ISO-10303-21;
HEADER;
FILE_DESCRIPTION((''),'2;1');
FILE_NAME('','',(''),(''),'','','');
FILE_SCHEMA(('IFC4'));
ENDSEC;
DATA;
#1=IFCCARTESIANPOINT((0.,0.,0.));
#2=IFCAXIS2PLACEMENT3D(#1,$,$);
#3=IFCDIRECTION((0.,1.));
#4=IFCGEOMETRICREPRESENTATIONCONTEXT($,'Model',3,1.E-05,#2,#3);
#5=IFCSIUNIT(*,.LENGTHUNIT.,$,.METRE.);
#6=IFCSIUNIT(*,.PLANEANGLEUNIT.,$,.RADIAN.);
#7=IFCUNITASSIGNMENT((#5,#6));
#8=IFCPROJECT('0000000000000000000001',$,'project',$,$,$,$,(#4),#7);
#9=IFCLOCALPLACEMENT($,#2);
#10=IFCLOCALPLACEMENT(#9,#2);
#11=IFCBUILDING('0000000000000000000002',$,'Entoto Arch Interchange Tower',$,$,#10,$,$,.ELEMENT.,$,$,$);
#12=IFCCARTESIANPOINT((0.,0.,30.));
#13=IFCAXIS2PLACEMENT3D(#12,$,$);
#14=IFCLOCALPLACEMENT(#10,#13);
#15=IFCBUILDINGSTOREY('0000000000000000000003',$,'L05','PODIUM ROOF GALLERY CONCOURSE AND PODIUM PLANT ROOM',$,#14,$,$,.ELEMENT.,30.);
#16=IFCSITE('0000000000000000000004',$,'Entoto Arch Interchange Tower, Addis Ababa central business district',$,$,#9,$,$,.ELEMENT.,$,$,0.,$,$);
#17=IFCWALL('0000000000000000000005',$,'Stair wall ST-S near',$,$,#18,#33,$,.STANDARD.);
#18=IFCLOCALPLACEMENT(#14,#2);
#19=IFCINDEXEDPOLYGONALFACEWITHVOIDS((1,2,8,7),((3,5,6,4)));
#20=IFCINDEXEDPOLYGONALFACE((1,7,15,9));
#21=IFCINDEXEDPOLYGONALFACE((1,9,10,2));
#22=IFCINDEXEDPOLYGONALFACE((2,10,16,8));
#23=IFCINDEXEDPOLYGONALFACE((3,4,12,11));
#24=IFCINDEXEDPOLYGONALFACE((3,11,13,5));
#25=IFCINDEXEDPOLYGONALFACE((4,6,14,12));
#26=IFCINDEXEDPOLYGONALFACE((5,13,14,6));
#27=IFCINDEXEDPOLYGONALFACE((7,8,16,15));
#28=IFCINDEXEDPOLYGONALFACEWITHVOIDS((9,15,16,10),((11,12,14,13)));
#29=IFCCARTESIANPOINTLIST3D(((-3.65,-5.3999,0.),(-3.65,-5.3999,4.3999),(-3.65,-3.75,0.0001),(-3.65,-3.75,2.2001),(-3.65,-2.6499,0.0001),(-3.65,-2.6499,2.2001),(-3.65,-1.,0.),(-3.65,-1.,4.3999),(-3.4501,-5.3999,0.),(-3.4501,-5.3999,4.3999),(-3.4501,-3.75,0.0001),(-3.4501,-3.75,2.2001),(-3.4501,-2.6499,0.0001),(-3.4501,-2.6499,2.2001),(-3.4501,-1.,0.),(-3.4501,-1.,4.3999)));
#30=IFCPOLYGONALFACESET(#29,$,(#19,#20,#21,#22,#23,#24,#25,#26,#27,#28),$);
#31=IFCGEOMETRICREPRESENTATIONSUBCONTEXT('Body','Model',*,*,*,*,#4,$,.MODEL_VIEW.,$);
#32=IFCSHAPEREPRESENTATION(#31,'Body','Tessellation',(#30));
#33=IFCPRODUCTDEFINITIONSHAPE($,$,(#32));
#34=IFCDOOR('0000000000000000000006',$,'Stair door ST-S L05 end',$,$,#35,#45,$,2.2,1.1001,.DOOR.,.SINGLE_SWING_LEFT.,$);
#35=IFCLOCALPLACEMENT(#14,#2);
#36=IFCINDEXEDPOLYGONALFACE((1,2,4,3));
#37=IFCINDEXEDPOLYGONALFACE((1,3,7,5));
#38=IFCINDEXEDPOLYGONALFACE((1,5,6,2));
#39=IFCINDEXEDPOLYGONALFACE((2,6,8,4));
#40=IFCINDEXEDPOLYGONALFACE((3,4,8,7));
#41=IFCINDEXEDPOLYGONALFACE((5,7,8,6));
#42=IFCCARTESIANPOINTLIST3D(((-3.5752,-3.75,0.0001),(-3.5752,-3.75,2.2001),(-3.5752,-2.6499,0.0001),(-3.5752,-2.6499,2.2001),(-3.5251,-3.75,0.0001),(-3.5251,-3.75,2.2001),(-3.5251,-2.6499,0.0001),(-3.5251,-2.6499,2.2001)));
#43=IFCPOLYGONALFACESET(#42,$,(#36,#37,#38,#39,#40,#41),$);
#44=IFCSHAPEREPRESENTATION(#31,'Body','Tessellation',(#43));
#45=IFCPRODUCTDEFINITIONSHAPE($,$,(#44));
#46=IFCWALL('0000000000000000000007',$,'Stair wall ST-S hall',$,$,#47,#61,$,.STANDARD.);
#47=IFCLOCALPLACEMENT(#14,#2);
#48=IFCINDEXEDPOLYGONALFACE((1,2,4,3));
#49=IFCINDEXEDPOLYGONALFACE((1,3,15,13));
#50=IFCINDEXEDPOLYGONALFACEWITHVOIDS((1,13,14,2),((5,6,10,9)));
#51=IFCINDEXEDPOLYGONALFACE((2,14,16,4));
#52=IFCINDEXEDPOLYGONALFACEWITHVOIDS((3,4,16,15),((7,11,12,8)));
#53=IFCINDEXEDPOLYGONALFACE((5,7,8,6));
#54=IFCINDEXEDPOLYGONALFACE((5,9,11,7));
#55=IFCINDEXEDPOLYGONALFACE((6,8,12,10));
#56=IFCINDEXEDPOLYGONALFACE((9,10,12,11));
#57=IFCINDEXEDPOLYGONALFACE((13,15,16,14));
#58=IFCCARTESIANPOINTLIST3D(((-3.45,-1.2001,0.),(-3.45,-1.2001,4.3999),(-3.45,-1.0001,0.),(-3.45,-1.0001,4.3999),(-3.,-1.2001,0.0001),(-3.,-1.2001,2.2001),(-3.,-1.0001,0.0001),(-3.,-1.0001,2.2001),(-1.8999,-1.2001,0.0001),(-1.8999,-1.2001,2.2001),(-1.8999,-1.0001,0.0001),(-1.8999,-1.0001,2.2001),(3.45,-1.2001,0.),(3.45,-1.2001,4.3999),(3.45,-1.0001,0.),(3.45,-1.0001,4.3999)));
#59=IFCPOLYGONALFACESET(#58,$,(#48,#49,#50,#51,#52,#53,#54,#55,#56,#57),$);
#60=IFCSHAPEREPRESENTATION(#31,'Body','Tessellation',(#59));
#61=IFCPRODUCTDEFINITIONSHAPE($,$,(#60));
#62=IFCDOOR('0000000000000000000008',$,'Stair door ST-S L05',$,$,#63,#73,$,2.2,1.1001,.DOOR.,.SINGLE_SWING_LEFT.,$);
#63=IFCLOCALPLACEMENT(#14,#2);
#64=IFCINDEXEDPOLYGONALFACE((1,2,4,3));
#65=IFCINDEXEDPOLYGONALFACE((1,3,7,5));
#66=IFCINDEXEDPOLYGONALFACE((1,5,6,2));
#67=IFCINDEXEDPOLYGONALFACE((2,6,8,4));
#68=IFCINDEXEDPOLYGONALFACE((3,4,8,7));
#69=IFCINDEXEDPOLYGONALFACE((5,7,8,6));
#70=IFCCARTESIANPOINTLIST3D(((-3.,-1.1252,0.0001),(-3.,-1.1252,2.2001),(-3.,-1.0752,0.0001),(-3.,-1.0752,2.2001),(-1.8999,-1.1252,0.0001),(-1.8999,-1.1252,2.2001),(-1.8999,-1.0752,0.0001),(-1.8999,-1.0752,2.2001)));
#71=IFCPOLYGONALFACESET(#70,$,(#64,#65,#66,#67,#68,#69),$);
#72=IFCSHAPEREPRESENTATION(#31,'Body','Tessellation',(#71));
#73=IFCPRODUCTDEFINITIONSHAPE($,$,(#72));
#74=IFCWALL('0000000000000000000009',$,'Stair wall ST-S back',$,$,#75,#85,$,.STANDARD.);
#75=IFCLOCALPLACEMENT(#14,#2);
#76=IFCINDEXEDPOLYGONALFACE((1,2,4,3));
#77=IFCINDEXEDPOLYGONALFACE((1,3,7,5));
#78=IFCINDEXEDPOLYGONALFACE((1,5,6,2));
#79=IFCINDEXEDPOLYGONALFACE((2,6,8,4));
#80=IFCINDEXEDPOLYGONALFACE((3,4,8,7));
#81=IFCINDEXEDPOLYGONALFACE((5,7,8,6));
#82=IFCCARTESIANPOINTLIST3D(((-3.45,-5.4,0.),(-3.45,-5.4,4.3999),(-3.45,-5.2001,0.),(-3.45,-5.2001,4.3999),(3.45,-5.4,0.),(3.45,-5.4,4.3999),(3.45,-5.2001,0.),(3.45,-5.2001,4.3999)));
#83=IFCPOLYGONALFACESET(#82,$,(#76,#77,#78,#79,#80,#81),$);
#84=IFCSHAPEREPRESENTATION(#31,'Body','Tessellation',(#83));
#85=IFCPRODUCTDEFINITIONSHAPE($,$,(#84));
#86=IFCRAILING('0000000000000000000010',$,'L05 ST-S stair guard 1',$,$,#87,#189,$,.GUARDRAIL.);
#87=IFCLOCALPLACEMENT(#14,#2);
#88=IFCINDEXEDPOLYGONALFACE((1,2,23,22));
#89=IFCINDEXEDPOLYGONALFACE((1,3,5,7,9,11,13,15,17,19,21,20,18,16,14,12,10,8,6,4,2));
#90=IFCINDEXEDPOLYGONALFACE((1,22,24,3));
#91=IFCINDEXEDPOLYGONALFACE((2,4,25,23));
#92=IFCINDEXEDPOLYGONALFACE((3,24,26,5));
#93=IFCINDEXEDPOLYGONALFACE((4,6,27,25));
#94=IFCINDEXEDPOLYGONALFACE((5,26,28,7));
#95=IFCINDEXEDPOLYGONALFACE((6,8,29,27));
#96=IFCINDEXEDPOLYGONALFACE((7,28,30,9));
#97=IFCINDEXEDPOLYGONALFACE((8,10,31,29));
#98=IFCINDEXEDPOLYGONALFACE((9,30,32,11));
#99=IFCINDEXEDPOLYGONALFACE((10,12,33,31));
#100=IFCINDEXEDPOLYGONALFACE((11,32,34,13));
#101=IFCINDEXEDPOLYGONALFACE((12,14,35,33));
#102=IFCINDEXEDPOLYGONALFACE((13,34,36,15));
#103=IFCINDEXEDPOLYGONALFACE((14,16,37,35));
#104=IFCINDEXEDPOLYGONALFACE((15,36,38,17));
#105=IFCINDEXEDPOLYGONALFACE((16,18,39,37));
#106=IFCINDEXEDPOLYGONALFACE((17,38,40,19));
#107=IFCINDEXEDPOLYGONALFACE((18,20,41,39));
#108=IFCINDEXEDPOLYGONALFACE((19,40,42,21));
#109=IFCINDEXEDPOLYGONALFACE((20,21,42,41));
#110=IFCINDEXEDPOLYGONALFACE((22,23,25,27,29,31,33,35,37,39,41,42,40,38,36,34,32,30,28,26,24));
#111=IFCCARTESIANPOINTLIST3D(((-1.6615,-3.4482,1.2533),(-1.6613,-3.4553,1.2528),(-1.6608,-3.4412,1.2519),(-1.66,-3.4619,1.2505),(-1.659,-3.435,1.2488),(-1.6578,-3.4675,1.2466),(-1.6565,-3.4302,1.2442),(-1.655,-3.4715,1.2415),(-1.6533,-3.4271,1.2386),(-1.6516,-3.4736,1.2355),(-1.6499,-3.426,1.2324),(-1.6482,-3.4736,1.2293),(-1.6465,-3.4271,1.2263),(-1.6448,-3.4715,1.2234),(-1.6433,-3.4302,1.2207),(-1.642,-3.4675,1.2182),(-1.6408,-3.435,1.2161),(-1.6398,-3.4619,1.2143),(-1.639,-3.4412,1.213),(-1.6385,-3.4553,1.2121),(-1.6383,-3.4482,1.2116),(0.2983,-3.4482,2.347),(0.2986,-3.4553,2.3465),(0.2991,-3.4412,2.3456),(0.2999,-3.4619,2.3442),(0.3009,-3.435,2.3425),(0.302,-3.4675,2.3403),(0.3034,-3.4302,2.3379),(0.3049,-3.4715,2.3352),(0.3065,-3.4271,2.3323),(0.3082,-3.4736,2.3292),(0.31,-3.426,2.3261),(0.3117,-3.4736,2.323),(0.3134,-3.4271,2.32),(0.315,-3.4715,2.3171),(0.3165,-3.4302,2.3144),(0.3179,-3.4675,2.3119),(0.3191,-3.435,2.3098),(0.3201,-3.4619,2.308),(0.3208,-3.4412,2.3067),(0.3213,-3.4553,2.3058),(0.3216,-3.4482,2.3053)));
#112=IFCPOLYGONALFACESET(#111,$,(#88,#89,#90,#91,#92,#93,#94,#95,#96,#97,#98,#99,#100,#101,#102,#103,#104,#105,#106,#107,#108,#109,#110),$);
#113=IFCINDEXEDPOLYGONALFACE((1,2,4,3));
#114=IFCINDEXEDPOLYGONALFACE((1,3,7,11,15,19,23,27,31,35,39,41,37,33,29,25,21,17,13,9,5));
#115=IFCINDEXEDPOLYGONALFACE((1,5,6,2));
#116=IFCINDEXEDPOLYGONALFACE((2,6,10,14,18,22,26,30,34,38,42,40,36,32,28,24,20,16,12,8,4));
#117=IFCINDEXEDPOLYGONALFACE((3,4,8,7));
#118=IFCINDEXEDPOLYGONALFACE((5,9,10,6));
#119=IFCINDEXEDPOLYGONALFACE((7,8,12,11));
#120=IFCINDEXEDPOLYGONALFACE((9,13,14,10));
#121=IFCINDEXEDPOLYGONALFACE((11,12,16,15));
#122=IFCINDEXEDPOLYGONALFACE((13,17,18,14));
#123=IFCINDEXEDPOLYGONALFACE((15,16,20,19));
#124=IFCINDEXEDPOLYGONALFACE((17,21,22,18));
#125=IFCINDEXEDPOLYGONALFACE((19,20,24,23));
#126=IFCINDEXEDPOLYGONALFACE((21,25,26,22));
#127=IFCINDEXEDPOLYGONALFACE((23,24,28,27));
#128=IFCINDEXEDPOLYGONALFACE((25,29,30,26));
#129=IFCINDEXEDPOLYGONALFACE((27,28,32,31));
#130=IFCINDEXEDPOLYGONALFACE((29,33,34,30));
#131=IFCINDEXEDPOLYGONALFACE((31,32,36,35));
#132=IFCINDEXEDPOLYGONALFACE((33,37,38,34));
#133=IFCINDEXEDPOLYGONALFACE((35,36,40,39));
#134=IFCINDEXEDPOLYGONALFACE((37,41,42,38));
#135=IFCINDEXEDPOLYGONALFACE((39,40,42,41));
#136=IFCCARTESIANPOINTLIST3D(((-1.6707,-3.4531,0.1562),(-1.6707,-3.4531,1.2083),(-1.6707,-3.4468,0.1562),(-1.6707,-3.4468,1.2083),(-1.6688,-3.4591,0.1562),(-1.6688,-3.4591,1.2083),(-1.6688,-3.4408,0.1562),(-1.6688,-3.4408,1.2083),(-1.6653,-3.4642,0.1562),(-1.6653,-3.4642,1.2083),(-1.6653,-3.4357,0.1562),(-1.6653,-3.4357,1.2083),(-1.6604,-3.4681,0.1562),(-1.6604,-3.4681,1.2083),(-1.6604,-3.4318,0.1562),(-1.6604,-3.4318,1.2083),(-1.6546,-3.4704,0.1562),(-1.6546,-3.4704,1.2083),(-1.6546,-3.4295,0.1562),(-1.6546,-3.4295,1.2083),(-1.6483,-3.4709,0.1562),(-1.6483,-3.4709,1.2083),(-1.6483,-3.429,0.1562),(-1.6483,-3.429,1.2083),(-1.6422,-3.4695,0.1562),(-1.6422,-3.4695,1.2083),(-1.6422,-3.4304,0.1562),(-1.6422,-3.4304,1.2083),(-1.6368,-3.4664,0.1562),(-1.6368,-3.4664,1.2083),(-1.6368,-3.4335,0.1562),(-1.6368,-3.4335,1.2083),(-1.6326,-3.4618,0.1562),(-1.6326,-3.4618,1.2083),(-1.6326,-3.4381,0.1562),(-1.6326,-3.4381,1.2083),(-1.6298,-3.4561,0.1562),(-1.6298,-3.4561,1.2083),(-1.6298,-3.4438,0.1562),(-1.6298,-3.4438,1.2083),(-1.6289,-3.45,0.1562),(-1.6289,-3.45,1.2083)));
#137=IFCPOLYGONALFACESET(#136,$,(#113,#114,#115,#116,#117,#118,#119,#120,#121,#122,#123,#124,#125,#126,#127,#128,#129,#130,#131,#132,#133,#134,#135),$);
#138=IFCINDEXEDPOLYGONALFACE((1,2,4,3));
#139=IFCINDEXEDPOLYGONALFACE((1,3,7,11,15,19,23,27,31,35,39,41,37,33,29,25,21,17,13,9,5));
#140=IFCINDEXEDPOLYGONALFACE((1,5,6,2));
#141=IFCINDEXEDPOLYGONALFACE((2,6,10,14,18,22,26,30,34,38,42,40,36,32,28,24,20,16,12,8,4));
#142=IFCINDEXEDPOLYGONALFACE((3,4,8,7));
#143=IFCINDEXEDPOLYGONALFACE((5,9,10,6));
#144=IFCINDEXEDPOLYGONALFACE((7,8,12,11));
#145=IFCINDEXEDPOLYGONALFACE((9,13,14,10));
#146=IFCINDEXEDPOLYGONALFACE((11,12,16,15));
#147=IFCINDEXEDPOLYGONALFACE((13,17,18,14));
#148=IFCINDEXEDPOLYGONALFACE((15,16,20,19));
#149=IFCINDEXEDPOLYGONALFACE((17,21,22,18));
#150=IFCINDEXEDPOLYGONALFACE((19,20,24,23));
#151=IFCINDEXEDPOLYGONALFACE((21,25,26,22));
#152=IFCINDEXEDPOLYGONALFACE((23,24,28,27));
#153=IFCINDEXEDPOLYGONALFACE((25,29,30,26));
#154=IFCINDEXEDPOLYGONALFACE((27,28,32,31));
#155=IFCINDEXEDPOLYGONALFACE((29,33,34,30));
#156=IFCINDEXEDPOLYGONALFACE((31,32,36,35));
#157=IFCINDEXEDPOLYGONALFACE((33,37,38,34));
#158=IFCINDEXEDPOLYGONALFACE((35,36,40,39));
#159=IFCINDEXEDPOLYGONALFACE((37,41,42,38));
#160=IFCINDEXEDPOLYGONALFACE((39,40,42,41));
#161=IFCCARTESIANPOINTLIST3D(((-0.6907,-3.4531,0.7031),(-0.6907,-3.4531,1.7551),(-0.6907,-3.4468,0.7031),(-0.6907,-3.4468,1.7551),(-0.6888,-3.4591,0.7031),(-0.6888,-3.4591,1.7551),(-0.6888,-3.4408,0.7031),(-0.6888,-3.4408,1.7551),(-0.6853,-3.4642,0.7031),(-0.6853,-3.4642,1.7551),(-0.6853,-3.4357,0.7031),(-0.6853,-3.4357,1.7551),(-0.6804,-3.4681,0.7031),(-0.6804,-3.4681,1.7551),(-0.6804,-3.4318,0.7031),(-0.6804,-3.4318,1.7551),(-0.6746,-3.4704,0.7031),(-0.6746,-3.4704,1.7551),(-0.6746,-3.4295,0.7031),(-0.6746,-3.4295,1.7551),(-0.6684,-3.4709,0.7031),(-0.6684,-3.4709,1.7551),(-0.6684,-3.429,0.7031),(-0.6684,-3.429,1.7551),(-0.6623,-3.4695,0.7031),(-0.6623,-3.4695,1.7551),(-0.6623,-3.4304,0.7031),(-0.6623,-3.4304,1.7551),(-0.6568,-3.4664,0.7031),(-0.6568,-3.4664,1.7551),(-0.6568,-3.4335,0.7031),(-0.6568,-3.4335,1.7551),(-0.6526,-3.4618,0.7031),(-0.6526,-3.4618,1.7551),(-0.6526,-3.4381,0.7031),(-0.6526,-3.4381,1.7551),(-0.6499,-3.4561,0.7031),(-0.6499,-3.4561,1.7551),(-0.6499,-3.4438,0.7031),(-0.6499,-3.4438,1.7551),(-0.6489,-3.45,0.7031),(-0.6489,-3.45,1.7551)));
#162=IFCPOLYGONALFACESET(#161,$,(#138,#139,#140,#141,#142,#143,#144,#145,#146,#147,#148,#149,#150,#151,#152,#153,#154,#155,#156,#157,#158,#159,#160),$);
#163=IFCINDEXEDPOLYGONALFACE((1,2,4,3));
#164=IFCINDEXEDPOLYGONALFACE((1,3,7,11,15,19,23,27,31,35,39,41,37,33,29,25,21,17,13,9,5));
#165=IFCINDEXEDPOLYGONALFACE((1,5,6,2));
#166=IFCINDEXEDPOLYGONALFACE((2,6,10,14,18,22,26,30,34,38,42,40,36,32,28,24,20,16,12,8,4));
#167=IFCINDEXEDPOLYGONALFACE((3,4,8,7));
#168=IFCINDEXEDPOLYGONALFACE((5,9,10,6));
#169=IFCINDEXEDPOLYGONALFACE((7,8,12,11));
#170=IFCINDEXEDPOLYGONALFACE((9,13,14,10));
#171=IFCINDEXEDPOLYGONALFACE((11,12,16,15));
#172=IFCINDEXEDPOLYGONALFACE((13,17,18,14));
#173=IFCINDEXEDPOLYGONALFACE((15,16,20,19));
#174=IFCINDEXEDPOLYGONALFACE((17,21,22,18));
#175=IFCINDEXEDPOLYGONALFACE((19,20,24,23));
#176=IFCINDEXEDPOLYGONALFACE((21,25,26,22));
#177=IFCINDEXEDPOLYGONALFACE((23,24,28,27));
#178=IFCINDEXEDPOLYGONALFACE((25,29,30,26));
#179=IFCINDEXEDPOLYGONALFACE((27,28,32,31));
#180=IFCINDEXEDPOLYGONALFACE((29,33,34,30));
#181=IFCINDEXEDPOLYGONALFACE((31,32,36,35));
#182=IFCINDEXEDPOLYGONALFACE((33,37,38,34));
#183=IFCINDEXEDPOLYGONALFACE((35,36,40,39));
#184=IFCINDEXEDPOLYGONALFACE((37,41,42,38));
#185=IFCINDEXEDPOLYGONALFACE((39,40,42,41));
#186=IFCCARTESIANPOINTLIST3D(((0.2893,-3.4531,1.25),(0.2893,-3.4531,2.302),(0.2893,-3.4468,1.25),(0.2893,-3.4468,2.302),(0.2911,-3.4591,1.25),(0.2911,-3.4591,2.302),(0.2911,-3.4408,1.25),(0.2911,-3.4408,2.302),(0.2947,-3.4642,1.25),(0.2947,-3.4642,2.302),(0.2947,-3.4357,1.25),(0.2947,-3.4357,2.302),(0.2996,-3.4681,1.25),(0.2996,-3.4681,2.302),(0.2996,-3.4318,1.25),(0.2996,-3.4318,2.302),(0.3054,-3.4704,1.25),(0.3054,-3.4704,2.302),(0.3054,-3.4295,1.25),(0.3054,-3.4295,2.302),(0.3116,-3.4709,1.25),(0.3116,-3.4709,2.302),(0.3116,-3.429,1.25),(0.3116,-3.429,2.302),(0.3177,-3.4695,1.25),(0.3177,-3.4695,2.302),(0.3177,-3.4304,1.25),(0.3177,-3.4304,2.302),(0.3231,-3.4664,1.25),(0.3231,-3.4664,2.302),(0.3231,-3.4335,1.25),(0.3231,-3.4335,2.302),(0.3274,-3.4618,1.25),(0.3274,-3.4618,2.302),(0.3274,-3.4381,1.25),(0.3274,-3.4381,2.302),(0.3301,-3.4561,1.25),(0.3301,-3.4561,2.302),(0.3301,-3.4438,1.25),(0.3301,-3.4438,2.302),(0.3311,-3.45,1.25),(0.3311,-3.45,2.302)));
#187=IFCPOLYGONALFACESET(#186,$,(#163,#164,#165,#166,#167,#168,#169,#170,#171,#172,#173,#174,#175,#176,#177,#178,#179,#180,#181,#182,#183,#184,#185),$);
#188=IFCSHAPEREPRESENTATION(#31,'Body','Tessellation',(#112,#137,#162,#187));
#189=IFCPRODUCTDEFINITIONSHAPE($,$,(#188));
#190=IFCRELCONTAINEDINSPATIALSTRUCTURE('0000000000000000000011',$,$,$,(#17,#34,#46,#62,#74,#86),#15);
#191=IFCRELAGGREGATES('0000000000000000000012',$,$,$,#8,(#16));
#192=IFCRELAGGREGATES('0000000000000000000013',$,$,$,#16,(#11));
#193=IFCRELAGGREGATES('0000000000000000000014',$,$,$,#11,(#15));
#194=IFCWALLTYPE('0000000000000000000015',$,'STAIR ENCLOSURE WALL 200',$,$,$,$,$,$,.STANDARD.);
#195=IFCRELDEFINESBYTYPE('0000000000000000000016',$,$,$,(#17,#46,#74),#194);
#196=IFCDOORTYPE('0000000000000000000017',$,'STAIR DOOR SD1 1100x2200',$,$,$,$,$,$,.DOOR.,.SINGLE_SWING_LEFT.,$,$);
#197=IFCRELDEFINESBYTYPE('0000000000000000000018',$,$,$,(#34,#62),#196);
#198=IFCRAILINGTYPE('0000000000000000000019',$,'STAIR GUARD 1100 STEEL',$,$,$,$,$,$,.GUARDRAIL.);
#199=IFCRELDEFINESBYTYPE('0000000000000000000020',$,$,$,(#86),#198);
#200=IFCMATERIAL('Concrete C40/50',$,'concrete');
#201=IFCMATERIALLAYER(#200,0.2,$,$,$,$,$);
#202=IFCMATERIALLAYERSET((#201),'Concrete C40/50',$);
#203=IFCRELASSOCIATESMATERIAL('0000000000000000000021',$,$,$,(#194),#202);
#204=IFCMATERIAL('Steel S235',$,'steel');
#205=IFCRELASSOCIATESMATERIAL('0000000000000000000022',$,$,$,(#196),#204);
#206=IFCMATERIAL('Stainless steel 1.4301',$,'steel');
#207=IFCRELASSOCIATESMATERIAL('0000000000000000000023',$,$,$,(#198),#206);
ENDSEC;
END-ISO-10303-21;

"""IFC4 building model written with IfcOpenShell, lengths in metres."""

from ifc_helpers import new_model, si_unit, direction, frame, frame_2d, origin, origin_2d, place, context, subcontext, project, spatial, rectangle, circle, extrude, material, layer, layer_set, type_object, element, fill, save


model = new_model("IFC4")

# Units and contexts
model_context = context("Model", 3, precision=1e-05, world=origin(), true_north=direction((0.0, 1.0)))
body_context = subcontext(model_context, "Body", "Model", "MODEL_VIEW")
ifc_project = project(units=[si_unit("LENGTHUNIT", "METRE"), si_unit("PLANEANGLEUNIT", "RADIAN")], contexts=[model_context])

# Site, building, storey
site_placement = place(None, origin())
site = spatial("IfcSite", under=ifc_project, at=site_placement, Name="Entoto Arch Interchange Tower, Addis Ababa central business district", CompositionType="ELEMENT", RefElevation=0.0)
building_placement = place(site_placement, origin())
building = spatial("IfcBuilding", under=site, at=building_placement, Name="Entoto Arch Interchange Tower", CompositionType="ELEMENT")
storey_placement = place(building_placement, frame((0.0, 0.0, 30.0)))
storey = spatial("IfcBuildingStorey", under=building, at=storey_placement, Name="L05", Description="PODIUM ROOF GALLERY CONCOURSE AND PODIUM PLANT ROOM", CompositionType="ELEMENT", Elevation=30.0)

# Shared definitions
ifc_material_1 = material(Name="Concrete C40/50", Category="concrete")

# Walls, openings, doors
ifc_layer_1 = layer(ifc_material_1, 0.2)
ifc_layer_set_1 = layer_set([ifc_layer_1], Name="Concrete C40/50")
wall_type_1 = type_object("IfcWallType", Name="STAIR ENCLOSURE WALL 200", PredefinedType="STANDARD", material=ifc_layer_set_1)
wall_1_placement = place(storey_placement, frame((-3.55, -1.0, 0.0), z_axis=(0.0, 0.0, 1.0), x_axis=(0.0, -1.0, 0.0)))
wall_1 = element("IfcWall", 1, at=wall_1_placement, inside=storey, type_object=wall_type_1, Name="Stair wall ST-S near", PredefinedType="STANDARD", context=body_context, shape_type="SweptSolid", body=[
    extrude(rectangle(XDim=4.3999, YDim=0.2, at=frame_2d((2.2, 0.0))), origin(), (0.0, 0.0, 1.0), 4.3999),
])
opening_1_placement = place(wall_1_placement, frame((1.6499, 0.0, 0.0)))
opening_1 = element("IfcOpeningElement", 2, at=opening_1_placement, cuts=wall_1, PredefinedType="OPENING", context=body_context, shape_type="SweptSolid", body=[
    extrude(rectangle(XDim=1.1001, YDim=2.2, at=frame_2d((0.55, 1.1001))), frame((0.0, 0.1099, 0.0), z_axis=(0.0, -1.0, 0.0), x_axis=(1.0, 0.0, 0.0)), (0.0, 0.0, 1.0), 0.22),
])
ifc_material_2 = material(Name="Steel S235", Category="steel")
door_type_1 = type_object("IfcDoorType", Name="STAIR DOOR SD1 1100x2200", OperationType="SINGLE_SWING_LEFT", PredefinedType="DOOR", material=ifc_material_2)
door_1_placement = place(opening_1_placement, origin())
door_1 = element("IfcDoor", 3, at=door_1_placement, inside=storey, type_object=door_type_1, Name="Stair door ST-S L05 end", OperationType="SINGLE_SWING_LEFT", OverallHeight=2.2, OverallWidth=1.1001, PredefinedType="DOOR", context=body_context, shape_type="SweptSolid", body=[
    extrude(rectangle(XDim=1.1001, YDim=2.2, at=frame_2d((0.55, 1.1001))), frame((0.0, 0.0249, 0.0), z_axis=(0.0, -1.0, 0.0), x_axis=(1.0, 0.0, 0.0)), (0.0, 0.0, 1.0), 0.05),
])
fill(opening_1, door_1)
wall_2_placement = place(storey_placement, frame((-3.45, -1.1001, 0.0), z_axis=(0.0, 0.0, 1.0), x_axis=(1.0, 0.0, 0.0)))
wall_2 = element("IfcWall", 4, at=wall_2_placement, inside=storey, type_object=wall_type_1, Name="Stair wall ST-S hall", PredefinedType="STANDARD", context=body_context, shape_type="SweptSolid", body=[
    extrude(rectangle(XDim=6.8999, YDim=0.2, at=frame_2d((3.45, 0.0))), origin(), (0.0, 0.0, 1.0), 4.3999),
])
opening_2_placement = place(wall_2_placement, frame((0.45, 0.0, 0.0)))
opening_2 = element("IfcOpeningElement", 5, at=opening_2_placement, cuts=wall_2, PredefinedType="OPENING", context=body_context, shape_type="SweptSolid", body=[
    extrude(rectangle(XDim=1.1001, YDim=2.2, at=frame_2d((0.55, 1.1001))), frame((0.0, 0.1099, 0.0), z_axis=(0.0, -1.0, 0.0), x_axis=(1.0, 0.0, 0.0)), (0.0, 0.0, 1.0), 0.22),
])
door_2_placement = place(opening_2_placement, origin())
door_2 = element("IfcDoor", 6, at=door_2_placement, inside=storey, type_object=door_type_1, Name="Stair door ST-S L05", OperationType="SINGLE_SWING_LEFT", OverallHeight=2.2, OverallWidth=1.1001, PredefinedType="DOOR", context=body_context, shape_type="SweptSolid", body=[
    extrude(rectangle(XDim=1.1001, YDim=2.2, at=frame_2d((0.55, 1.1001))), frame((0.0, 0.0249, 0.0), z_axis=(0.0, -1.0, 0.0), x_axis=(1.0, 0.0, 0.0)), (0.0, 0.0, 1.0), 0.05),
])
fill(opening_2, door_2)

# Wall
wall_3_placement = place(storey_placement, frame((-3.45, -5.3, 0.0), z_axis=(0.0, 0.0, 1.0), x_axis=(1.0, 0.0, 0.0)))
element("IfcWall", 7, at=wall_3_placement, inside=storey, type_object=wall_type_1, Name="Stair wall ST-S back", PredefinedType="STANDARD", context=body_context, shape_type="SweptSolid", body=[
    extrude(rectangle(XDim=6.8999, YDim=0.2, at=frame_2d((3.45, 0.0))), origin(), (0.0, 0.0, 1.0), 4.3999),
])

# Railing
ifc_material_3 = material(Name="Stainless steel 1.4301", Category="steel")
railing_type_1 = type_object("IfcRailingType", Name="STAIR GUARD 1100 STEEL", PredefinedType="GUARDRAIL", material=ifc_material_3)
railing_1_placement = place(storey_placement, frame((-1.6499, -3.45, 0.1562)))
element("IfcRailing", 8, at=railing_1_placement, inside=storey, type_object=railing_type_1, Name="L05 ST-S stair guard 1", PredefinedType="GUARDRAIL", context=body_context, shape_type="SweptSolid", body=[
    extrude(circle(Radius=0.0239, at=origin_2d()), frame((0.0, 0.0, 1.0762), z_axis=(0.873232, 0.0, 0.487304), x_axis=(0.0, 1.0, 0.0)), (0.0, 0.0, 1.0), 2.2444),
    extrude(circle(Radius=0.021, at=origin_2d()), origin(), (0.0, 0.0, 1.0), 1.052),
    extrude(circle(Radius=0.021, at=origin_2d()), frame((0.98, 0.0, 0.5469)), (0.0, 0.0, 1.0), 1.052),
    extrude(circle(Radius=0.021, at=origin_2d()), frame((1.96, 0.0, 1.0938)), (0.0, 0.0, 1.0), 1.052),
])

save(model, "model.ifc")
